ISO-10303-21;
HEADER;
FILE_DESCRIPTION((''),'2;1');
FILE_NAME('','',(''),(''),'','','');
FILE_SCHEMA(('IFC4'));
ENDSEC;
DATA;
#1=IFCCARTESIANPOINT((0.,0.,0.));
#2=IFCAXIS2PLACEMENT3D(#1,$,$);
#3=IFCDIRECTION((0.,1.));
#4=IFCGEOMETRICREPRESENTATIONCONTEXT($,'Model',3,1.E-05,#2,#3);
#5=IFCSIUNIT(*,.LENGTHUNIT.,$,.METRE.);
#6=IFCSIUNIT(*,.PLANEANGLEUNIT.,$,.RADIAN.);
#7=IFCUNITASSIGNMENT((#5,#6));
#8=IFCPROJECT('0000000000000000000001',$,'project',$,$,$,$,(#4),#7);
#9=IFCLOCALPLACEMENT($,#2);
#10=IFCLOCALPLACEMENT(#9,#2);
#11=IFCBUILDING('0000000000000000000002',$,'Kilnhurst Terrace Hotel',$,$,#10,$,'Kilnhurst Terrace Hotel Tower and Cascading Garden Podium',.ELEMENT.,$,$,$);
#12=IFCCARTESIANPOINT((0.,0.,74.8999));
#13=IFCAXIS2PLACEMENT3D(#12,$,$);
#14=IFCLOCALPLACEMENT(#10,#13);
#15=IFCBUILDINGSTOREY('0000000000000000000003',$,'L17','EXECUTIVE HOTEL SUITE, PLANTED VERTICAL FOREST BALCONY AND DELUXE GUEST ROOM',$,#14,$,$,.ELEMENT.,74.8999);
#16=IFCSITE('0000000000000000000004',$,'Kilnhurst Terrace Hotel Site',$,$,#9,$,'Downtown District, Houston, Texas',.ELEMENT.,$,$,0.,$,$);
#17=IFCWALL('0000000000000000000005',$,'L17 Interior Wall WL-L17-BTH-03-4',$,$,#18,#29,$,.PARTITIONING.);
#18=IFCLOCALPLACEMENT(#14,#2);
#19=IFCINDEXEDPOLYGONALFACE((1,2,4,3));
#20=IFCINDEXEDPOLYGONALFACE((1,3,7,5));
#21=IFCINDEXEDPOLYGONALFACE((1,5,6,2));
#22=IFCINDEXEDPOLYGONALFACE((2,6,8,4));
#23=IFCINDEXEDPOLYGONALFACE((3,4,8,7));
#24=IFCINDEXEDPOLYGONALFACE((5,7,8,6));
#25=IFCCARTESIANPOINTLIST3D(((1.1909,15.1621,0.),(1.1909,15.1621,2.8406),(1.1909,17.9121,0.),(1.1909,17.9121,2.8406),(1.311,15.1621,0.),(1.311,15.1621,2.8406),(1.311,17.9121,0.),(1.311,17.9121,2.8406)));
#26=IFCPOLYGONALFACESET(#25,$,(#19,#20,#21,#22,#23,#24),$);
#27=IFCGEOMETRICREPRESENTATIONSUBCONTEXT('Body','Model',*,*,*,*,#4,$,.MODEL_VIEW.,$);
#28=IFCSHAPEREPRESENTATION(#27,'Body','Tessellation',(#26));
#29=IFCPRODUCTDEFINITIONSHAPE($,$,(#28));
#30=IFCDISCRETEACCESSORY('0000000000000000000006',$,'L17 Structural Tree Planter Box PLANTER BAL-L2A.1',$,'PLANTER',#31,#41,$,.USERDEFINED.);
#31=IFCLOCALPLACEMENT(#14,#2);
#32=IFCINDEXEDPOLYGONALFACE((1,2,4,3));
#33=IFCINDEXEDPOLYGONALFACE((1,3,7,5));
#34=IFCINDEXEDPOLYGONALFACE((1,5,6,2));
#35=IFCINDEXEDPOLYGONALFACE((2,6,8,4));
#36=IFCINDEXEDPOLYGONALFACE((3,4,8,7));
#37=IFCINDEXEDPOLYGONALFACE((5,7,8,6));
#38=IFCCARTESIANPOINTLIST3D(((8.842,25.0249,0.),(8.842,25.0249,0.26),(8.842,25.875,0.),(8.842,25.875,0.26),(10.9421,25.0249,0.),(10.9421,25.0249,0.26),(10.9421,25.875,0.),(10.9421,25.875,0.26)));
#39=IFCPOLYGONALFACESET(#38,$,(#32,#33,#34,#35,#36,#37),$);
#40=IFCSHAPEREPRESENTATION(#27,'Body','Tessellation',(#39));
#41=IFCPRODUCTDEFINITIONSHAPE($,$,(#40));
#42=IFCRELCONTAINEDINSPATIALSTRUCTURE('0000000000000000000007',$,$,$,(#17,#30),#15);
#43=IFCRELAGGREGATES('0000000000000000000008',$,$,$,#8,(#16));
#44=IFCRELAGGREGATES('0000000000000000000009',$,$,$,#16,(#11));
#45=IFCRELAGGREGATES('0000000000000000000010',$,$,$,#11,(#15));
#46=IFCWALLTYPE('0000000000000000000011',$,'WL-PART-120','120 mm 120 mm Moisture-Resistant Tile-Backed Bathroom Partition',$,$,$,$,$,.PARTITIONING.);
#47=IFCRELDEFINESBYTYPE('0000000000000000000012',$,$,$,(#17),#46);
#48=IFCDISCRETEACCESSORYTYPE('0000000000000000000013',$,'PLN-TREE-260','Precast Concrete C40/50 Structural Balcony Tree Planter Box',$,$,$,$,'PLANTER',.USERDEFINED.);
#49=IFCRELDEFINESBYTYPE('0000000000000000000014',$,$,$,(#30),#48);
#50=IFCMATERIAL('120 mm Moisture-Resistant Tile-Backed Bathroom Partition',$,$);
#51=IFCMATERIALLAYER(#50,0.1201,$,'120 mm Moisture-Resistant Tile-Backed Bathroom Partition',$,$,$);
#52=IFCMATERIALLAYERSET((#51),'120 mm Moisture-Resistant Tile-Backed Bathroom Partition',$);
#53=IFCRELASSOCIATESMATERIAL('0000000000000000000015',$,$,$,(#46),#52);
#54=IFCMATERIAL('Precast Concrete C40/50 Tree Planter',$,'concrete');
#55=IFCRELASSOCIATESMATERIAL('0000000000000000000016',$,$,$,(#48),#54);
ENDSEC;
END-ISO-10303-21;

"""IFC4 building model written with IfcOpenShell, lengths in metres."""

from ifc_helpers import new_model, si_unit, direction, frame, frame_2d, origin, origin_2d, place, context, subcontext, project, spatial, rectangle, extrude, material, layer, layer_set, type_object, element, save


model = new_model("IFC4")

# Units and contexts
model_context = context("Model", 3, precision=1e-05, world=origin(), true_north=direction((0.0, 1.0)))
body_context = subcontext(model_context, "Body", "Model", "MODEL_VIEW")
ifc_project = project(units=[si_unit("LENGTHUNIT", "METRE"), si_unit("PLANEANGLEUNIT", "RADIAN")], contexts=[model_context])

# Site, building, storey
site_placement = place(None, origin())
site = spatial("IfcSite", under=ifc_project, at=site_placement, Name="Kilnhurst Terrace Hotel Site", LongName="Downtown District, Houston, Texas", CompositionType="ELEMENT", RefElevation=0.0)
building_placement = place(site_placement, origin())
building = spatial("IfcBuilding", under=site, at=building_placement, Name="Kilnhurst Terrace Hotel", LongName="Kilnhurst Terrace Hotel Tower and Cascading Garden Podium", CompositionType="ELEMENT")
storey_placement = place(building_placement, frame((0.0, 0.0, 74.8999)))
storey = spatial("IfcBuildingStorey", under=building, at=storey_placement, Name="L17", Description="EXECUTIVE HOTEL SUITE, PLANTED VERTICAL FOREST BALCONY AND DELUXE GUEST ROOM", CompositionType="ELEMENT", Elevation=74.8999)

# Shared definitions
ifc_material_1 = material(Name="120 mm Moisture-Resistant Tile-Backed Bathroom Partition")
ifc_layer_1 = layer(ifc_material_1, 0.1201, Name="120 mm Moisture-Resistant Tile-Backed Bathroom Partition")
ifc_layer_set_1 = layer_set([ifc_layer_1], Name="120 mm Moisture-Resistant Tile-Backed Bathroom Partition")
wall_type_1 = type_object("IfcWallType", Name="WL-PART-120", Description="120 mm 120 mm Moisture-Resistant Tile-Backed Bathroom Partition", PredefinedType="PARTITIONING", material=ifc_layer_set_1)

# Wall
wall_1_placement = place(storey_placement, frame((1.251, 17.9121, 0.0), z_axis=(0.0, 0.0, 1.0), x_axis=(0.0, -1.0, 0.0)))
element("IfcWall", 1, at=wall_1_placement, inside=storey, type_object=wall_type_1, Name="L17 Interior Wall WL-L17-BTH-03-4", PredefinedType="PARTITIONING", context=body_context, shape_type="SweptSolid", body=[
    extrude(rectangle(XDim=2.75, YDim=0.1201, at=frame_2d((1.375, 0.0))), origin(), (0.0, 0.0, 1.0), 2.8406),
])

# Discrete accessory
ifc_material_2 = material(Name="Precast Concrete C40/50 Tree Planter", Category="concrete")
discrete_accessory_type = type_object("IfcDiscreteAccessoryType", Name="PLN-TREE-260", Description="Precast Concrete C40/50 Structural Balcony Tree Planter Box", ElementType="PLANTER", PredefinedType="USERDEFINED", material=ifc_material_2)
discrete_accessory_placement = place(storey_placement, frame((9.8921, 25.45, 0.0), z_axis=(0.0, 0.0, 1.0), x_axis=(-1.0, 0.0, 0.0)))
element("IfcDiscreteAccessory", 2, at=discrete_accessory_placement, inside=storey, type_object=discrete_accessory_type, Name="L17 Structural Tree Planter Box PLANTER BAL-L2A.1", ObjectType="PLANTER", PredefinedType="USERDEFINED", context=body_context, shape_type="SweptSolid", body=[
    extrude(rectangle(XDim=2.1001, YDim=0.8501, at=origin_2d()), origin(), (0.0, 0.0, 1.0), 0.26),
])

save(model, "model.ifc")
